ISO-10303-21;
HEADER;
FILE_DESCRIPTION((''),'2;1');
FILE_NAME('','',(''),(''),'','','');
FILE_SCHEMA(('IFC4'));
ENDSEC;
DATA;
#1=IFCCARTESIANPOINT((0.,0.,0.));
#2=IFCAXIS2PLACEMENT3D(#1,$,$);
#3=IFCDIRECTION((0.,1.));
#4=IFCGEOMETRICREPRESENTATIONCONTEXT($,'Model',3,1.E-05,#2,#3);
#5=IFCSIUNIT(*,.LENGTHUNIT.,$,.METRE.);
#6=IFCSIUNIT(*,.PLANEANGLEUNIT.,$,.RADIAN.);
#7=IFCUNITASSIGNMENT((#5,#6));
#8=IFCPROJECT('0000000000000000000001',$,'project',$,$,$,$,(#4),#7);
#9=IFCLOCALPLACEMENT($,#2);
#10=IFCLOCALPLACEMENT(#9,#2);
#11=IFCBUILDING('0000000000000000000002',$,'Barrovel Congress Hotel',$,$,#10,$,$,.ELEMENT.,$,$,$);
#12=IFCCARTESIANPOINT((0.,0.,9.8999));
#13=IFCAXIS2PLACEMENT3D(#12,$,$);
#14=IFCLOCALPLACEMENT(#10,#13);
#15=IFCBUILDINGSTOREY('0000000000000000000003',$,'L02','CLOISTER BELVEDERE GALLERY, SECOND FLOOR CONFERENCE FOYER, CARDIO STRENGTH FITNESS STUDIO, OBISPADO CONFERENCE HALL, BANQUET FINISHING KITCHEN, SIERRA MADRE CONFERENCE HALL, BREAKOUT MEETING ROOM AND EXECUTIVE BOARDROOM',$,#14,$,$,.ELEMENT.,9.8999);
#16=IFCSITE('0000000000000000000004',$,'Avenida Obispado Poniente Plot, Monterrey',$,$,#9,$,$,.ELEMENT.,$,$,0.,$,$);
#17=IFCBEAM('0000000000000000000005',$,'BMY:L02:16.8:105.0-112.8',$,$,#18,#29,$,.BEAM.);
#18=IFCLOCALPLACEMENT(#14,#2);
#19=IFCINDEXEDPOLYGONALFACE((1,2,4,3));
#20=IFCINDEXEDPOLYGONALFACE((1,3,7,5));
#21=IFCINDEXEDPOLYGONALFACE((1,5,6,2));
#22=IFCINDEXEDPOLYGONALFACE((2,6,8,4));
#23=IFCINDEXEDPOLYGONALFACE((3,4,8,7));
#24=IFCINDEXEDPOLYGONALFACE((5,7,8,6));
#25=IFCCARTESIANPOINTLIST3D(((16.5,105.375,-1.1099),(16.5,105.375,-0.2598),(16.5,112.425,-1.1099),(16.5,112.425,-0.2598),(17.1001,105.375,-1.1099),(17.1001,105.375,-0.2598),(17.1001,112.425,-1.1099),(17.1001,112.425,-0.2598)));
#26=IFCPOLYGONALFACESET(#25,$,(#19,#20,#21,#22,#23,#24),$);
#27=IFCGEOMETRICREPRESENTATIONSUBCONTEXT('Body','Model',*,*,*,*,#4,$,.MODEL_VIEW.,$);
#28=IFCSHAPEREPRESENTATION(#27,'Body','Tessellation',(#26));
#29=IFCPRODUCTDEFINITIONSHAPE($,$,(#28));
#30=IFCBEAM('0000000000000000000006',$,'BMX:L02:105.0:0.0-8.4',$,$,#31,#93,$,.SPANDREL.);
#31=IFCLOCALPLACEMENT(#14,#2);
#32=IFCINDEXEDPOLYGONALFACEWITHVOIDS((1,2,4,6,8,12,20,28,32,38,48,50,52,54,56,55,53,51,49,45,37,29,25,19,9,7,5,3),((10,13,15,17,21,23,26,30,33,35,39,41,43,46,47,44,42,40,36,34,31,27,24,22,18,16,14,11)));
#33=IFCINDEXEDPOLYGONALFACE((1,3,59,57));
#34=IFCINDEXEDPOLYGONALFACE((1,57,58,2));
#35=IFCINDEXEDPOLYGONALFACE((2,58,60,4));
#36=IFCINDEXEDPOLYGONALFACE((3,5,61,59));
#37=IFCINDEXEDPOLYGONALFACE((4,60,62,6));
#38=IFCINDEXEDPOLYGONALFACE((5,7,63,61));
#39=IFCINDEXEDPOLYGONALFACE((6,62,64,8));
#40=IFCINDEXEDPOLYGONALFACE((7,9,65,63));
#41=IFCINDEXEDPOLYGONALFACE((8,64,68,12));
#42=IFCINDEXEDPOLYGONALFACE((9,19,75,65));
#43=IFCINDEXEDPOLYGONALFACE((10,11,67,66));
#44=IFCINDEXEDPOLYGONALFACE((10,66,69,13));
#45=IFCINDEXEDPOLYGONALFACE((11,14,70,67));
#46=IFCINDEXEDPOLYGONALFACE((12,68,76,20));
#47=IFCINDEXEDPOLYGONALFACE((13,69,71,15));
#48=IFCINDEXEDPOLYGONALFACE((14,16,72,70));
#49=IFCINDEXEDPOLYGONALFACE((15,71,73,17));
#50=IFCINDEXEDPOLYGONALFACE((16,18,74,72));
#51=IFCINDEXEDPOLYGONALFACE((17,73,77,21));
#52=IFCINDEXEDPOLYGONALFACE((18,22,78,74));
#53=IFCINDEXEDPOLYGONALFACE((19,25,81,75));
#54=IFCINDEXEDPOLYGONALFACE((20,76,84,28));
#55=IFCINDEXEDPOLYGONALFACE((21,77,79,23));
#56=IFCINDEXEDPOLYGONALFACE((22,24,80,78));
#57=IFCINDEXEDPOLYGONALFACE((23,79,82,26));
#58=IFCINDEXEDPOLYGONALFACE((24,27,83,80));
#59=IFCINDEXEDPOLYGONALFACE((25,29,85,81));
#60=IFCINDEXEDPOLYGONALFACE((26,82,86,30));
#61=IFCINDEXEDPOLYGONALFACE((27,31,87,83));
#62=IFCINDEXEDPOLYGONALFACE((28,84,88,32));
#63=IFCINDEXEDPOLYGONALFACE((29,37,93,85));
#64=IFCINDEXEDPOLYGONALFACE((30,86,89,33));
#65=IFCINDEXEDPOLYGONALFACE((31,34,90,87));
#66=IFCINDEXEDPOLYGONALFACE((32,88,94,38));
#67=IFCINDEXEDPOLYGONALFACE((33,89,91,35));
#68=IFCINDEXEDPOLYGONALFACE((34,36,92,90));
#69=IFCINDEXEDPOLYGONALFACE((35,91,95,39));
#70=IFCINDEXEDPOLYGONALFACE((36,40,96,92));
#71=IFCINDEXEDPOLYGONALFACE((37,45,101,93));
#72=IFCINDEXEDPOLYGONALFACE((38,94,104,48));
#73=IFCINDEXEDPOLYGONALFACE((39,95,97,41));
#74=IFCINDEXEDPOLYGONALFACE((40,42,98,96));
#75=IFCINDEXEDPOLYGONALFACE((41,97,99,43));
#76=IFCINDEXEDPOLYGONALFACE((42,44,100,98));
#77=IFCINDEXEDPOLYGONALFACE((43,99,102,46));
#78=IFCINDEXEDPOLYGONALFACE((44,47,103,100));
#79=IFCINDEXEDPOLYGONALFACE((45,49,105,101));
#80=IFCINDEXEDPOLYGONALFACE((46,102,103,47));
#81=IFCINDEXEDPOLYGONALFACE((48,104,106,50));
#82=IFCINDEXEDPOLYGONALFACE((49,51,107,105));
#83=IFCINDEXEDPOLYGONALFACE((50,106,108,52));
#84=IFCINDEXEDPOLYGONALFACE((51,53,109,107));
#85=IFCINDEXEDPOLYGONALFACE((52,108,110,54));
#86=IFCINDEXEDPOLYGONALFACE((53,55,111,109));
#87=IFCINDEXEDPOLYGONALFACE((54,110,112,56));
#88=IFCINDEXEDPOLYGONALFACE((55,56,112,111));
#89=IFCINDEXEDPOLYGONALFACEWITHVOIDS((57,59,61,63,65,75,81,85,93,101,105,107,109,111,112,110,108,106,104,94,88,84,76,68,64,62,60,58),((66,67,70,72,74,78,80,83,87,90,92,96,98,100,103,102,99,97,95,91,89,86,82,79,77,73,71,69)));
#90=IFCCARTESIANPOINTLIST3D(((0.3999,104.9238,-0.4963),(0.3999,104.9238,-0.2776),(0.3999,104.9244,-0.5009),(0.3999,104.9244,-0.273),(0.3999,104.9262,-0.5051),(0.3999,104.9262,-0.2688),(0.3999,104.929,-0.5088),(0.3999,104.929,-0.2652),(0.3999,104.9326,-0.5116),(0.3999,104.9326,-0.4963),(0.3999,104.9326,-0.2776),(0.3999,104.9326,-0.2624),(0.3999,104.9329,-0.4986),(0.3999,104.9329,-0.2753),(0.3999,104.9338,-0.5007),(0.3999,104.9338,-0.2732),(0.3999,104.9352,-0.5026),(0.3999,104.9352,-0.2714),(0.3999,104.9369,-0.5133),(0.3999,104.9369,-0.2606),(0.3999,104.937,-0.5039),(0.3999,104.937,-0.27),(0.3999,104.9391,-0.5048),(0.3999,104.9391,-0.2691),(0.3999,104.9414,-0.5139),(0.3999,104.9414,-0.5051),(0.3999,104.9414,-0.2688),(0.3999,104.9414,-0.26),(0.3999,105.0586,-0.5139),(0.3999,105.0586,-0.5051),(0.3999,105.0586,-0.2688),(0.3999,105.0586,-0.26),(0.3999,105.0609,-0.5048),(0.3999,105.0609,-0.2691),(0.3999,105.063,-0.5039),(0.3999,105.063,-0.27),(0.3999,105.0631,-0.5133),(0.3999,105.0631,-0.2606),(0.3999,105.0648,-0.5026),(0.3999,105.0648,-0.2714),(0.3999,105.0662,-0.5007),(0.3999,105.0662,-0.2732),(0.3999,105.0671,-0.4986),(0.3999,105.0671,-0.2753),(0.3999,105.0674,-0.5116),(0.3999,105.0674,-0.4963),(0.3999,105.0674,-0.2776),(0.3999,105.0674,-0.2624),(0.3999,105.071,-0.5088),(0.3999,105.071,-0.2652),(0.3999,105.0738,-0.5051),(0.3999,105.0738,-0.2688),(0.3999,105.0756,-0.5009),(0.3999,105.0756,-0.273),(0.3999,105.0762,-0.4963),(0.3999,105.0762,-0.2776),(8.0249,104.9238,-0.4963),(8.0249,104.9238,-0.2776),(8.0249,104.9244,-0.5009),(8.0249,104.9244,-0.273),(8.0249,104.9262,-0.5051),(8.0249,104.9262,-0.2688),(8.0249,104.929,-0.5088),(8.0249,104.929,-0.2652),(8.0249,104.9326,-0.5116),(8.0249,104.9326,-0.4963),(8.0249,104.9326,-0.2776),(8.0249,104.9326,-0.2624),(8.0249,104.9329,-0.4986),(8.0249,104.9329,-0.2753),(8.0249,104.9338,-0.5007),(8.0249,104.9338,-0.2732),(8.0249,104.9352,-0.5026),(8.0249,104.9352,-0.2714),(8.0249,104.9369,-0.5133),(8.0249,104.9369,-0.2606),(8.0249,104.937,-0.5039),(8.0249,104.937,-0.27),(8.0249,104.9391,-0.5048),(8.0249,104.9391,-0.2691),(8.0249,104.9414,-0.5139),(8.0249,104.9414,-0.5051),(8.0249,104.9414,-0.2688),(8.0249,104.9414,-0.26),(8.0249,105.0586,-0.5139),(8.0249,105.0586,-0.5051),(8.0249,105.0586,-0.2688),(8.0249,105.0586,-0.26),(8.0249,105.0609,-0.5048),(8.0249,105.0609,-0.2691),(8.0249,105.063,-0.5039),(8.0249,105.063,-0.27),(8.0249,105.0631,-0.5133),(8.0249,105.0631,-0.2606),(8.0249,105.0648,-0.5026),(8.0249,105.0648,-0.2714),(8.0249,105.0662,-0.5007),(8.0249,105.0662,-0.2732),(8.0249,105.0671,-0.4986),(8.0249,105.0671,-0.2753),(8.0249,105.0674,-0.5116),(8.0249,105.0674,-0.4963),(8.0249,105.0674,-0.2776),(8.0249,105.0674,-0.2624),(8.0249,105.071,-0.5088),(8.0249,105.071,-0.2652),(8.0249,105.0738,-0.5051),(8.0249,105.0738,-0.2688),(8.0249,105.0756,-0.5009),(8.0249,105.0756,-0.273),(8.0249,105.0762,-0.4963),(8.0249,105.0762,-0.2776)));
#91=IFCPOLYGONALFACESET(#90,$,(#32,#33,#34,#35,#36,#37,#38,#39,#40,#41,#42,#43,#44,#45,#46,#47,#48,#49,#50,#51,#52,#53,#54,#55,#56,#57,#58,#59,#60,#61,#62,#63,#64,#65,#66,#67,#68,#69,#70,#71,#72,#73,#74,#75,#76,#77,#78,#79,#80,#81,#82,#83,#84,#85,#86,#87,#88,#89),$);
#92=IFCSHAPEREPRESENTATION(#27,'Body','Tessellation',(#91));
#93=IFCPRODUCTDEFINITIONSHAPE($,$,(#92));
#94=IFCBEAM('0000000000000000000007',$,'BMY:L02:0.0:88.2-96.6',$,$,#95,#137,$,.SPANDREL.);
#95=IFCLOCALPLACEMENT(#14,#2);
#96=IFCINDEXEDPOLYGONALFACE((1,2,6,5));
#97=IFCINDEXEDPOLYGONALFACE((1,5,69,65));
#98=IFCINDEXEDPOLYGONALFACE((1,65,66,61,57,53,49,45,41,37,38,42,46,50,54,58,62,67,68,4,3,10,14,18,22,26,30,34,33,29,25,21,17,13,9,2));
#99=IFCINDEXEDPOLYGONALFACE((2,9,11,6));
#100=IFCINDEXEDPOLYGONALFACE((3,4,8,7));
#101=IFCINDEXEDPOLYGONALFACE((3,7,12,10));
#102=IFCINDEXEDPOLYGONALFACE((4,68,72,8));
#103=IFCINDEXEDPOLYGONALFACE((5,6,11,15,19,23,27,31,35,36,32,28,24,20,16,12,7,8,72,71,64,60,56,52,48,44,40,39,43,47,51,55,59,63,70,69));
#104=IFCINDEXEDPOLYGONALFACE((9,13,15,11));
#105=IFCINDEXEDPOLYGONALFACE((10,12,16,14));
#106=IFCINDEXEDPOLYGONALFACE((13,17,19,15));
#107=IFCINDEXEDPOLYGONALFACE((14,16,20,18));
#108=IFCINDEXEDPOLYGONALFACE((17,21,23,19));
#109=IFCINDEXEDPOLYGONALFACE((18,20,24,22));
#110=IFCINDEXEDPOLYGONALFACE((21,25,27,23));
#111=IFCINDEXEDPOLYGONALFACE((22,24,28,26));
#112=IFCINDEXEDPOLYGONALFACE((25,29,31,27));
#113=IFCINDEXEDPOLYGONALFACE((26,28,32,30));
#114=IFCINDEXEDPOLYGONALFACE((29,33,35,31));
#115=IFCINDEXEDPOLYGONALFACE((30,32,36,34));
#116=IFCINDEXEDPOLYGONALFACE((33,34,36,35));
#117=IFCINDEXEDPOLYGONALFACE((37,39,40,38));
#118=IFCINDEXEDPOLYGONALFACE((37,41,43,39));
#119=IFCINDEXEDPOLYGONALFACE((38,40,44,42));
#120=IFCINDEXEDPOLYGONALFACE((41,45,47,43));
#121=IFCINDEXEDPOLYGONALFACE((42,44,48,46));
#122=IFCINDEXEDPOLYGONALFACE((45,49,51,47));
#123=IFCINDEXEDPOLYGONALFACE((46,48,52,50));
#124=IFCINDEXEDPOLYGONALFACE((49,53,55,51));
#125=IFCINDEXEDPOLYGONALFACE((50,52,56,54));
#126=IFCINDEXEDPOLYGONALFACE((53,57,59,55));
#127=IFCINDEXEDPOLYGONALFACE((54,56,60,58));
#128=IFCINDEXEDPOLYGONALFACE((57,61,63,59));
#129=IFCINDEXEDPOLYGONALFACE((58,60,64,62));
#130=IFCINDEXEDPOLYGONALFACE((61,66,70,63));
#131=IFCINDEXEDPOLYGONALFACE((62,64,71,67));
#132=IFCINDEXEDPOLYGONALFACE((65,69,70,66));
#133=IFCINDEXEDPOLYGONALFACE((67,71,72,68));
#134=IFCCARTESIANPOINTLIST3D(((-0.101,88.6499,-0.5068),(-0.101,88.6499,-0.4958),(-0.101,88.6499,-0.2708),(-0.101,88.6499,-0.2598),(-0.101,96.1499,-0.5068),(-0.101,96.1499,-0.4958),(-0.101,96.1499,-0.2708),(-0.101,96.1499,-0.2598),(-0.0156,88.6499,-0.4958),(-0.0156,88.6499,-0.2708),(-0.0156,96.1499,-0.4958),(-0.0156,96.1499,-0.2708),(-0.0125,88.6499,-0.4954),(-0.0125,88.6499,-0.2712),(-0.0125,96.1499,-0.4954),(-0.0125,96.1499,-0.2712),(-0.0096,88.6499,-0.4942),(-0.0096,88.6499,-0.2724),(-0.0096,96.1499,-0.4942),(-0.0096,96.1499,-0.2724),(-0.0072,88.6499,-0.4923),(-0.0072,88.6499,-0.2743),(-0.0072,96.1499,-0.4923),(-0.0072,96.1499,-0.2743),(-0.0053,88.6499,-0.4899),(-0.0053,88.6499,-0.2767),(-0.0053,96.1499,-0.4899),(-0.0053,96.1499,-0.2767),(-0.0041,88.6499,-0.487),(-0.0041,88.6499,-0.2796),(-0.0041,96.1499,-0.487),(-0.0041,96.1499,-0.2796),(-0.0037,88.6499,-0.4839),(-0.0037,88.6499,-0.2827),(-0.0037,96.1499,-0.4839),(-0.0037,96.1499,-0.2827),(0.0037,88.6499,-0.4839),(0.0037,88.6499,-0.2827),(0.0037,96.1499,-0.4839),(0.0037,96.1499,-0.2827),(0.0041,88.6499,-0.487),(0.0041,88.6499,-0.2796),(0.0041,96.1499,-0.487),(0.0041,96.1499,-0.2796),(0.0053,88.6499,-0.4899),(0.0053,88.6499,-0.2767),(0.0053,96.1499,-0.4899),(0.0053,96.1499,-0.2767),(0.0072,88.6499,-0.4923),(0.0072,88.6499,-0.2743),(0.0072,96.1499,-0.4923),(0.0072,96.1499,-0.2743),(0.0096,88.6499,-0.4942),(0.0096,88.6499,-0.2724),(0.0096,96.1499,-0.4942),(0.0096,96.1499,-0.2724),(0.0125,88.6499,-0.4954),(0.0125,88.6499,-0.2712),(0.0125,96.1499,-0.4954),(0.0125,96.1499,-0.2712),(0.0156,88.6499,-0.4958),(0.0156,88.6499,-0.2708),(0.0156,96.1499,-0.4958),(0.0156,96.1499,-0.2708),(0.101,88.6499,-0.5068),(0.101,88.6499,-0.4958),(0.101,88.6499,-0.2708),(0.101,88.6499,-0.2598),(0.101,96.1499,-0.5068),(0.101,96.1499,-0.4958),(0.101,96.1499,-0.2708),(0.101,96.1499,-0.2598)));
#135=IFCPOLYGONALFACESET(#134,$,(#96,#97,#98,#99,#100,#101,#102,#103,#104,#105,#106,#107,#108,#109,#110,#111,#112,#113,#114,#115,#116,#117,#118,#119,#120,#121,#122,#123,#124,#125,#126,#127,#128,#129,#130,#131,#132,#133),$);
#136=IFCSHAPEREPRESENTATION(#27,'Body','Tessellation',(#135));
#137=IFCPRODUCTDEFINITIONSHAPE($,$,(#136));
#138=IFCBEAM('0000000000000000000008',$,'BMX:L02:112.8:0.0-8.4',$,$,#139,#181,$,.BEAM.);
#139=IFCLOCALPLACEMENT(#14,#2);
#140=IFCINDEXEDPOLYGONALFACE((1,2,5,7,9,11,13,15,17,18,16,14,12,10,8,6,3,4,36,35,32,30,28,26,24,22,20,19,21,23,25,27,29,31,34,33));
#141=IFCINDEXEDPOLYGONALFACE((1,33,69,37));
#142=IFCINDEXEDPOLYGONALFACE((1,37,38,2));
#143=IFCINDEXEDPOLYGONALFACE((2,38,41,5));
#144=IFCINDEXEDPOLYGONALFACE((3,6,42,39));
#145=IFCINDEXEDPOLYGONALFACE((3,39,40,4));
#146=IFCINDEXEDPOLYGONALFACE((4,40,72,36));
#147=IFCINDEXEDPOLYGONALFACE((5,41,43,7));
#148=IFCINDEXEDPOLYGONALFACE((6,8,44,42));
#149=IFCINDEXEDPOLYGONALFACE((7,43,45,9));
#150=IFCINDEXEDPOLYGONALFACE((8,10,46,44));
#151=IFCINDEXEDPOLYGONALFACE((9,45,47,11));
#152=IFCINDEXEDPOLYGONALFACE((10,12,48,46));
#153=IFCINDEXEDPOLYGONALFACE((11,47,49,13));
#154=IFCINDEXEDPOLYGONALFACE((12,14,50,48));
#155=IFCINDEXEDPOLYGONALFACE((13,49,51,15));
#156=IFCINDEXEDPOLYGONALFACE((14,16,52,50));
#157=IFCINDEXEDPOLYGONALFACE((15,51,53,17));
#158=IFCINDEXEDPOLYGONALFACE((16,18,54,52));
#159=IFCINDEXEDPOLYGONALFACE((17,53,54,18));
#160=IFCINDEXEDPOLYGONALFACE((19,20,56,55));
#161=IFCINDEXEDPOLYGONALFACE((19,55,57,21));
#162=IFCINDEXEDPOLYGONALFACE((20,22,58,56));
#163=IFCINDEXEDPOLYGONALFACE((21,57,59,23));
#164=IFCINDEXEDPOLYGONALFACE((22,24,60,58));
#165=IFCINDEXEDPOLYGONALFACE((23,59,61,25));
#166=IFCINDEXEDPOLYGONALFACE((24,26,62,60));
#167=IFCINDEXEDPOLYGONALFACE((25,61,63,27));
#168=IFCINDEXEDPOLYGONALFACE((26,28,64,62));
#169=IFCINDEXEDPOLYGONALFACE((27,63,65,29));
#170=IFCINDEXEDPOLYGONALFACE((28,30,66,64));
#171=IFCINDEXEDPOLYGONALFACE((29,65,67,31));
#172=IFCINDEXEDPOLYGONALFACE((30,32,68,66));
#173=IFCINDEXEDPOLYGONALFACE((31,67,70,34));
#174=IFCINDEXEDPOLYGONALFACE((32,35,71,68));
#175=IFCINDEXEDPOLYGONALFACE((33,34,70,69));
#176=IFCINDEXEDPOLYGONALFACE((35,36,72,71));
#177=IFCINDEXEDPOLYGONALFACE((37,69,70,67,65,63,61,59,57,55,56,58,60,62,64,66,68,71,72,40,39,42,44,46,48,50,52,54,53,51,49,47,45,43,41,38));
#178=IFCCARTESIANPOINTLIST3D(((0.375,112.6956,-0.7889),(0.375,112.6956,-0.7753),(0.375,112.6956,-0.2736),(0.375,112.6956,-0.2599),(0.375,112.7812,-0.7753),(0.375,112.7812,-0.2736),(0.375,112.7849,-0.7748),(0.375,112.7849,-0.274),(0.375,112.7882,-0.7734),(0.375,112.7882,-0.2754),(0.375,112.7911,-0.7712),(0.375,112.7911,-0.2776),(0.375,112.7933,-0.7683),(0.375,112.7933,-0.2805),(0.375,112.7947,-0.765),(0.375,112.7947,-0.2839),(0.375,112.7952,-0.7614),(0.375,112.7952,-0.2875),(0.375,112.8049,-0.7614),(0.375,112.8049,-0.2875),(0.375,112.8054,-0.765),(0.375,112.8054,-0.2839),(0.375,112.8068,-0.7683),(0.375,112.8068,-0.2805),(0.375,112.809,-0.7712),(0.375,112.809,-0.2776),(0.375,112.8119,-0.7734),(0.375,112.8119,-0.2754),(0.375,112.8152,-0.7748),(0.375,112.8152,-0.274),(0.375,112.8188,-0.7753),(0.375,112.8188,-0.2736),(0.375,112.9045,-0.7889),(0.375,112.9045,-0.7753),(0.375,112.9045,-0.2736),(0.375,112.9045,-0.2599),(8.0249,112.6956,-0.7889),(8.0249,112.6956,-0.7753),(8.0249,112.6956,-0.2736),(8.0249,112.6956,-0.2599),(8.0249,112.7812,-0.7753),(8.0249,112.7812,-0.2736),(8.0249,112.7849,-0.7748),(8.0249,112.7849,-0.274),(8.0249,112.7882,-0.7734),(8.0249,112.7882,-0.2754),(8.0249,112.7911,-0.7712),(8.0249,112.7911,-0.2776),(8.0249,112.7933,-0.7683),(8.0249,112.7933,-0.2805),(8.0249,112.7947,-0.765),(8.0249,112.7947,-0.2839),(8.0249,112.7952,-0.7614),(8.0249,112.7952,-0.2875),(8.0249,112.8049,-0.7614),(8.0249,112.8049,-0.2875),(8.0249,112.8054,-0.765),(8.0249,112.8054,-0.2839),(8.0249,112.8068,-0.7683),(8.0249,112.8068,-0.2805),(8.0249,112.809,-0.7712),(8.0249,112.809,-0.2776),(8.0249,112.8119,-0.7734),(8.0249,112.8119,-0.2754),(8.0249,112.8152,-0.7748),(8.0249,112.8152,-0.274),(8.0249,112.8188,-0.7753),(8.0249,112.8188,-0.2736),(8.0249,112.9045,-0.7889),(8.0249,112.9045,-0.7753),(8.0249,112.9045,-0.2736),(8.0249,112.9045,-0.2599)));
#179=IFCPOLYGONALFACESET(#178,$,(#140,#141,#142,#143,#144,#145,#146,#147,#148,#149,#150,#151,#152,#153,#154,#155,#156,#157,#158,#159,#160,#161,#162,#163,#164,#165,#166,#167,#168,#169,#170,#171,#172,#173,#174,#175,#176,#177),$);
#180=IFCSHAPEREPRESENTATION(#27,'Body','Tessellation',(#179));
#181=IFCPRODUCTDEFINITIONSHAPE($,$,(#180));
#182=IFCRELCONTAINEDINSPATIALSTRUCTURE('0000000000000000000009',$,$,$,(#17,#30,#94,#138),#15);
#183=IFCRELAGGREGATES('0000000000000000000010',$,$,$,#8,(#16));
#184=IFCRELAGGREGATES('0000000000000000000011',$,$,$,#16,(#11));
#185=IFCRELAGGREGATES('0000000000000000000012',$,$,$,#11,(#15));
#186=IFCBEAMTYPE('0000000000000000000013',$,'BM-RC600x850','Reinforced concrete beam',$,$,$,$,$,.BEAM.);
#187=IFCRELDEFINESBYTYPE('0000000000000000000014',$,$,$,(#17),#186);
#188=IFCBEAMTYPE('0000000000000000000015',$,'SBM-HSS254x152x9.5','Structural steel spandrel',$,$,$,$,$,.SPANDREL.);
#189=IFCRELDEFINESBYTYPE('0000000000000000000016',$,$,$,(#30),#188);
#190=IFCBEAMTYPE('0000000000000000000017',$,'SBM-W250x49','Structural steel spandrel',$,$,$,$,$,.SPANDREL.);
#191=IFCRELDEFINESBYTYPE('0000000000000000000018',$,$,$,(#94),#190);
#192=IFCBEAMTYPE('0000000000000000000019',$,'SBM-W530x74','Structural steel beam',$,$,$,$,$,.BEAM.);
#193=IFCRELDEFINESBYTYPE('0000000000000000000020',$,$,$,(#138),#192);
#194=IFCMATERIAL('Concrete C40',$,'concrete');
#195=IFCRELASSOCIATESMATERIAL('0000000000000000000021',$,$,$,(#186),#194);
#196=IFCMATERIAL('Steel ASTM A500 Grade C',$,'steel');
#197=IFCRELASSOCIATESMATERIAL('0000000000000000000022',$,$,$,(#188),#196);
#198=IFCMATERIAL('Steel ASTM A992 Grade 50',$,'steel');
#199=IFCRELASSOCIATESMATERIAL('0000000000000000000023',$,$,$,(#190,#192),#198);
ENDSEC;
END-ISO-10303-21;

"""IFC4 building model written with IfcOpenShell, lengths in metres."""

from ifc_helpers import new_model, si_unit, direction, frame, origin, origin_2d, place, context, subcontext, project, spatial, rectangle, hollow_rectangle, i_section, extrude, material, material_profile, profile_set, type_object, element, save


model = new_model("IFC4")

# Units and contexts
model_context = context("Model", 3, precision=1e-05, world=origin(), true_north=direction((0.0, 1.0)))
body_context = subcontext(model_context, "Body", "Model", "MODEL_VIEW")
ifc_project = project(units=[si_unit("LENGTHUNIT", "METRE"), si_unit("PLANEANGLEUNIT", "RADIAN")], contexts=[model_context])

# Site, building, storey
site_placement = place(None, origin())
site = spatial("IfcSite", under=ifc_project, at=site_placement, Name="Avenida Obispado Poniente Plot, Monterrey", CompositionType="ELEMENT", RefElevation=0.0)
building_placement = place(site_placement, origin())
building = spatial("IfcBuilding", under=site, at=building_placement, Name="Barrovel Congress Hotel", CompositionType="ELEMENT")
storey_placement = place(building_placement, frame((0.0, 0.0, 9.8999)))
storey = spatial("IfcBuildingStorey", under=building, at=storey_placement, Name="L02", Description="CLOISTER BELVEDERE GALLERY, SECOND FLOOR CONFERENCE FOYER, CARDIO STRENGTH FITNESS STUDIO, OBISPADO CONFERENCE HALL, BANQUET FINISHING KITCHEN, SIERRA MADRE CONFERENCE HALL, BREAKOUT MEETING ROOM AND EXECUTIVE BOARDROOM", CompositionType="ELEMENT", Elevation=9.8999)

# Shared definitions
ifc_material_1 = material(Name="Concrete C40", Category="concrete")

# Beams
ifc_material_profile_1 = material_profile(ifc_material_1, rectangle(XDim=0.6001, YDim=0.8501, at=origin_2d()), Name="RC600x850")
ifc_profile_set_1 = profile_set([ifc_material_profile_1], Name="Concrete C40")
beam_type_1 = type_object("IfcBeamType", Name="BM-RC600x850", Description="Reinforced concrete beam", PredefinedType="BEAM", material=ifc_profile_set_1)
beam_1_placement = place(storey_placement, frame((16.8, 105.375, -0.6848), z_axis=(0.0, 1.0, 0.0), x_axis=(-1.0, 0.0, 0.0)))
element("IfcBeam", 1, at=beam_1_placement, inside=storey, type_object=beam_type_1, Name="BMY:L02:16.8:105.0-112.8", PredefinedType="BEAM", context=body_context, shape_type="SweptSolid", body=[
    extrude(rectangle(XDim=0.6001, YDim=0.8501, at=origin_2d()), origin(), (0.0, 0.0, 1.0), 7.05),
])
ifc_material_2 = material(Name="Steel ASTM A500 Grade C", Category="steel")
ifc_material_profile_2 = material_profile(ifc_material_2, hollow_rectangle(XDim=0.1523, YDim=0.2539, WallThickness=0.0088, InnerFilletRadius=0.0088, OuterFilletRadius=0.0176, at=origin_2d()), Name="HSS254x152x9.5")
ifc_profile_set_2 = profile_set([ifc_material_profile_2], Name="Steel ASTM A500 Grade C")
beam_type_2 = type_object("IfcBeamType", Name="SBM-HSS254x152x9.5", Description="Structural steel spandrel", PredefinedType="SPANDREL", material=ifc_profile_set_2)
beam_2_placement = place(storey_placement, frame((0.3999, 105.0, -0.387), z_axis=(1.0, 0.0, 0.0), x_axis=(0.0, 1.0, 0.0)))
element("IfcBeam", 2, at=beam_2_placement, inside=storey, type_object=beam_type_2, Name="BMX:L02:105.0:0.0-8.4", PredefinedType="SPANDREL", context=body_context, shape_type="SweptSolid", body=[
    extrude(hollow_rectangle(XDim=0.1523, YDim=0.2539, WallThickness=0.0088, InnerFilletRadius=0.0088, OuterFilletRadius=0.0176, at=origin_2d()), origin(), (0.0, 0.0, 1.0), 7.625),
])
ifc_material_3 = material(Name="Steel ASTM A992 Grade 50", Category="steel")
ifc_material_profile_3 = material_profile(ifc_material_3, i_section(OverallWidth=0.2019, OverallDepth=0.2471, WebThickness=0.0073, FlangeThickness=0.011, FilletRadius=0.012, at=origin_2d()), Name="W250x49")
ifc_profile_set_3 = profile_set([ifc_material_profile_3], Name="Steel ASTM A992 Grade 50")
beam_type_3 = type_object("IfcBeamType", Name="SBM-W250x49", Description="Structural steel spandrel", PredefinedType="SPANDREL", material=ifc_profile_set_3)
beam_3_placement = place(storey_placement, frame((0.0, 88.6499, -0.3833), z_axis=(0.0, 1.0, 0.0), x_axis=(-1.0, 0.0, 0.0)))
element("IfcBeam", 3, at=beam_3_placement, inside=storey, type_object=beam_type_3, Name="BMY:L02:0.0:88.2-96.6", PredefinedType="SPANDREL", context=body_context, shape_type="SweptSolid", body=[
    extrude(i_section(OverallWidth=0.2019, OverallDepth=0.2471, WebThickness=0.0073, FlangeThickness=0.011, FilletRadius=0.012, at=origin_2d()), origin(), (0.0, 0.0, 1.0), 7.5),
])
ifc_material_profile_4 = material_profile(ifc_material_3, i_section(OverallWidth=0.209, OverallDepth=0.5291, WebThickness=0.0098, FlangeThickness=0.0137, FilletRadius=0.0139, at=origin_2d()), Name="W530x74")
ifc_profile_set_4 = profile_set([ifc_material_profile_4], Name="Steel ASTM A992 Grade 50")
beam_type_4 = type_object("IfcBeamType", Name="SBM-W530x74", Description="Structural steel beam", PredefinedType="BEAM", material=ifc_profile_set_4)
beam_4_placement = place(storey_placement, frame((0.375, 112.8, -0.5244), z_axis=(1.0, 0.0, 0.0), x_axis=(0.0, 1.0, 0.0)))
element("IfcBeam", 4, at=beam_4_placement, inside=storey, type_object=beam_type_4, Name="BMX:L02:112.8:0.0-8.4", PredefinedType="BEAM", context=body_context, shape_type="SweptSolid", body=[
    extrude(i_section(OverallWidth=0.209, OverallDepth=0.5291, WebThickness=0.0098, FlangeThickness=0.0137, FilletRadius=0.0139, at=origin_2d()), origin(), (0.0, 0.0, 1.0), 7.6499),
])

save(model, "model.ifc")
